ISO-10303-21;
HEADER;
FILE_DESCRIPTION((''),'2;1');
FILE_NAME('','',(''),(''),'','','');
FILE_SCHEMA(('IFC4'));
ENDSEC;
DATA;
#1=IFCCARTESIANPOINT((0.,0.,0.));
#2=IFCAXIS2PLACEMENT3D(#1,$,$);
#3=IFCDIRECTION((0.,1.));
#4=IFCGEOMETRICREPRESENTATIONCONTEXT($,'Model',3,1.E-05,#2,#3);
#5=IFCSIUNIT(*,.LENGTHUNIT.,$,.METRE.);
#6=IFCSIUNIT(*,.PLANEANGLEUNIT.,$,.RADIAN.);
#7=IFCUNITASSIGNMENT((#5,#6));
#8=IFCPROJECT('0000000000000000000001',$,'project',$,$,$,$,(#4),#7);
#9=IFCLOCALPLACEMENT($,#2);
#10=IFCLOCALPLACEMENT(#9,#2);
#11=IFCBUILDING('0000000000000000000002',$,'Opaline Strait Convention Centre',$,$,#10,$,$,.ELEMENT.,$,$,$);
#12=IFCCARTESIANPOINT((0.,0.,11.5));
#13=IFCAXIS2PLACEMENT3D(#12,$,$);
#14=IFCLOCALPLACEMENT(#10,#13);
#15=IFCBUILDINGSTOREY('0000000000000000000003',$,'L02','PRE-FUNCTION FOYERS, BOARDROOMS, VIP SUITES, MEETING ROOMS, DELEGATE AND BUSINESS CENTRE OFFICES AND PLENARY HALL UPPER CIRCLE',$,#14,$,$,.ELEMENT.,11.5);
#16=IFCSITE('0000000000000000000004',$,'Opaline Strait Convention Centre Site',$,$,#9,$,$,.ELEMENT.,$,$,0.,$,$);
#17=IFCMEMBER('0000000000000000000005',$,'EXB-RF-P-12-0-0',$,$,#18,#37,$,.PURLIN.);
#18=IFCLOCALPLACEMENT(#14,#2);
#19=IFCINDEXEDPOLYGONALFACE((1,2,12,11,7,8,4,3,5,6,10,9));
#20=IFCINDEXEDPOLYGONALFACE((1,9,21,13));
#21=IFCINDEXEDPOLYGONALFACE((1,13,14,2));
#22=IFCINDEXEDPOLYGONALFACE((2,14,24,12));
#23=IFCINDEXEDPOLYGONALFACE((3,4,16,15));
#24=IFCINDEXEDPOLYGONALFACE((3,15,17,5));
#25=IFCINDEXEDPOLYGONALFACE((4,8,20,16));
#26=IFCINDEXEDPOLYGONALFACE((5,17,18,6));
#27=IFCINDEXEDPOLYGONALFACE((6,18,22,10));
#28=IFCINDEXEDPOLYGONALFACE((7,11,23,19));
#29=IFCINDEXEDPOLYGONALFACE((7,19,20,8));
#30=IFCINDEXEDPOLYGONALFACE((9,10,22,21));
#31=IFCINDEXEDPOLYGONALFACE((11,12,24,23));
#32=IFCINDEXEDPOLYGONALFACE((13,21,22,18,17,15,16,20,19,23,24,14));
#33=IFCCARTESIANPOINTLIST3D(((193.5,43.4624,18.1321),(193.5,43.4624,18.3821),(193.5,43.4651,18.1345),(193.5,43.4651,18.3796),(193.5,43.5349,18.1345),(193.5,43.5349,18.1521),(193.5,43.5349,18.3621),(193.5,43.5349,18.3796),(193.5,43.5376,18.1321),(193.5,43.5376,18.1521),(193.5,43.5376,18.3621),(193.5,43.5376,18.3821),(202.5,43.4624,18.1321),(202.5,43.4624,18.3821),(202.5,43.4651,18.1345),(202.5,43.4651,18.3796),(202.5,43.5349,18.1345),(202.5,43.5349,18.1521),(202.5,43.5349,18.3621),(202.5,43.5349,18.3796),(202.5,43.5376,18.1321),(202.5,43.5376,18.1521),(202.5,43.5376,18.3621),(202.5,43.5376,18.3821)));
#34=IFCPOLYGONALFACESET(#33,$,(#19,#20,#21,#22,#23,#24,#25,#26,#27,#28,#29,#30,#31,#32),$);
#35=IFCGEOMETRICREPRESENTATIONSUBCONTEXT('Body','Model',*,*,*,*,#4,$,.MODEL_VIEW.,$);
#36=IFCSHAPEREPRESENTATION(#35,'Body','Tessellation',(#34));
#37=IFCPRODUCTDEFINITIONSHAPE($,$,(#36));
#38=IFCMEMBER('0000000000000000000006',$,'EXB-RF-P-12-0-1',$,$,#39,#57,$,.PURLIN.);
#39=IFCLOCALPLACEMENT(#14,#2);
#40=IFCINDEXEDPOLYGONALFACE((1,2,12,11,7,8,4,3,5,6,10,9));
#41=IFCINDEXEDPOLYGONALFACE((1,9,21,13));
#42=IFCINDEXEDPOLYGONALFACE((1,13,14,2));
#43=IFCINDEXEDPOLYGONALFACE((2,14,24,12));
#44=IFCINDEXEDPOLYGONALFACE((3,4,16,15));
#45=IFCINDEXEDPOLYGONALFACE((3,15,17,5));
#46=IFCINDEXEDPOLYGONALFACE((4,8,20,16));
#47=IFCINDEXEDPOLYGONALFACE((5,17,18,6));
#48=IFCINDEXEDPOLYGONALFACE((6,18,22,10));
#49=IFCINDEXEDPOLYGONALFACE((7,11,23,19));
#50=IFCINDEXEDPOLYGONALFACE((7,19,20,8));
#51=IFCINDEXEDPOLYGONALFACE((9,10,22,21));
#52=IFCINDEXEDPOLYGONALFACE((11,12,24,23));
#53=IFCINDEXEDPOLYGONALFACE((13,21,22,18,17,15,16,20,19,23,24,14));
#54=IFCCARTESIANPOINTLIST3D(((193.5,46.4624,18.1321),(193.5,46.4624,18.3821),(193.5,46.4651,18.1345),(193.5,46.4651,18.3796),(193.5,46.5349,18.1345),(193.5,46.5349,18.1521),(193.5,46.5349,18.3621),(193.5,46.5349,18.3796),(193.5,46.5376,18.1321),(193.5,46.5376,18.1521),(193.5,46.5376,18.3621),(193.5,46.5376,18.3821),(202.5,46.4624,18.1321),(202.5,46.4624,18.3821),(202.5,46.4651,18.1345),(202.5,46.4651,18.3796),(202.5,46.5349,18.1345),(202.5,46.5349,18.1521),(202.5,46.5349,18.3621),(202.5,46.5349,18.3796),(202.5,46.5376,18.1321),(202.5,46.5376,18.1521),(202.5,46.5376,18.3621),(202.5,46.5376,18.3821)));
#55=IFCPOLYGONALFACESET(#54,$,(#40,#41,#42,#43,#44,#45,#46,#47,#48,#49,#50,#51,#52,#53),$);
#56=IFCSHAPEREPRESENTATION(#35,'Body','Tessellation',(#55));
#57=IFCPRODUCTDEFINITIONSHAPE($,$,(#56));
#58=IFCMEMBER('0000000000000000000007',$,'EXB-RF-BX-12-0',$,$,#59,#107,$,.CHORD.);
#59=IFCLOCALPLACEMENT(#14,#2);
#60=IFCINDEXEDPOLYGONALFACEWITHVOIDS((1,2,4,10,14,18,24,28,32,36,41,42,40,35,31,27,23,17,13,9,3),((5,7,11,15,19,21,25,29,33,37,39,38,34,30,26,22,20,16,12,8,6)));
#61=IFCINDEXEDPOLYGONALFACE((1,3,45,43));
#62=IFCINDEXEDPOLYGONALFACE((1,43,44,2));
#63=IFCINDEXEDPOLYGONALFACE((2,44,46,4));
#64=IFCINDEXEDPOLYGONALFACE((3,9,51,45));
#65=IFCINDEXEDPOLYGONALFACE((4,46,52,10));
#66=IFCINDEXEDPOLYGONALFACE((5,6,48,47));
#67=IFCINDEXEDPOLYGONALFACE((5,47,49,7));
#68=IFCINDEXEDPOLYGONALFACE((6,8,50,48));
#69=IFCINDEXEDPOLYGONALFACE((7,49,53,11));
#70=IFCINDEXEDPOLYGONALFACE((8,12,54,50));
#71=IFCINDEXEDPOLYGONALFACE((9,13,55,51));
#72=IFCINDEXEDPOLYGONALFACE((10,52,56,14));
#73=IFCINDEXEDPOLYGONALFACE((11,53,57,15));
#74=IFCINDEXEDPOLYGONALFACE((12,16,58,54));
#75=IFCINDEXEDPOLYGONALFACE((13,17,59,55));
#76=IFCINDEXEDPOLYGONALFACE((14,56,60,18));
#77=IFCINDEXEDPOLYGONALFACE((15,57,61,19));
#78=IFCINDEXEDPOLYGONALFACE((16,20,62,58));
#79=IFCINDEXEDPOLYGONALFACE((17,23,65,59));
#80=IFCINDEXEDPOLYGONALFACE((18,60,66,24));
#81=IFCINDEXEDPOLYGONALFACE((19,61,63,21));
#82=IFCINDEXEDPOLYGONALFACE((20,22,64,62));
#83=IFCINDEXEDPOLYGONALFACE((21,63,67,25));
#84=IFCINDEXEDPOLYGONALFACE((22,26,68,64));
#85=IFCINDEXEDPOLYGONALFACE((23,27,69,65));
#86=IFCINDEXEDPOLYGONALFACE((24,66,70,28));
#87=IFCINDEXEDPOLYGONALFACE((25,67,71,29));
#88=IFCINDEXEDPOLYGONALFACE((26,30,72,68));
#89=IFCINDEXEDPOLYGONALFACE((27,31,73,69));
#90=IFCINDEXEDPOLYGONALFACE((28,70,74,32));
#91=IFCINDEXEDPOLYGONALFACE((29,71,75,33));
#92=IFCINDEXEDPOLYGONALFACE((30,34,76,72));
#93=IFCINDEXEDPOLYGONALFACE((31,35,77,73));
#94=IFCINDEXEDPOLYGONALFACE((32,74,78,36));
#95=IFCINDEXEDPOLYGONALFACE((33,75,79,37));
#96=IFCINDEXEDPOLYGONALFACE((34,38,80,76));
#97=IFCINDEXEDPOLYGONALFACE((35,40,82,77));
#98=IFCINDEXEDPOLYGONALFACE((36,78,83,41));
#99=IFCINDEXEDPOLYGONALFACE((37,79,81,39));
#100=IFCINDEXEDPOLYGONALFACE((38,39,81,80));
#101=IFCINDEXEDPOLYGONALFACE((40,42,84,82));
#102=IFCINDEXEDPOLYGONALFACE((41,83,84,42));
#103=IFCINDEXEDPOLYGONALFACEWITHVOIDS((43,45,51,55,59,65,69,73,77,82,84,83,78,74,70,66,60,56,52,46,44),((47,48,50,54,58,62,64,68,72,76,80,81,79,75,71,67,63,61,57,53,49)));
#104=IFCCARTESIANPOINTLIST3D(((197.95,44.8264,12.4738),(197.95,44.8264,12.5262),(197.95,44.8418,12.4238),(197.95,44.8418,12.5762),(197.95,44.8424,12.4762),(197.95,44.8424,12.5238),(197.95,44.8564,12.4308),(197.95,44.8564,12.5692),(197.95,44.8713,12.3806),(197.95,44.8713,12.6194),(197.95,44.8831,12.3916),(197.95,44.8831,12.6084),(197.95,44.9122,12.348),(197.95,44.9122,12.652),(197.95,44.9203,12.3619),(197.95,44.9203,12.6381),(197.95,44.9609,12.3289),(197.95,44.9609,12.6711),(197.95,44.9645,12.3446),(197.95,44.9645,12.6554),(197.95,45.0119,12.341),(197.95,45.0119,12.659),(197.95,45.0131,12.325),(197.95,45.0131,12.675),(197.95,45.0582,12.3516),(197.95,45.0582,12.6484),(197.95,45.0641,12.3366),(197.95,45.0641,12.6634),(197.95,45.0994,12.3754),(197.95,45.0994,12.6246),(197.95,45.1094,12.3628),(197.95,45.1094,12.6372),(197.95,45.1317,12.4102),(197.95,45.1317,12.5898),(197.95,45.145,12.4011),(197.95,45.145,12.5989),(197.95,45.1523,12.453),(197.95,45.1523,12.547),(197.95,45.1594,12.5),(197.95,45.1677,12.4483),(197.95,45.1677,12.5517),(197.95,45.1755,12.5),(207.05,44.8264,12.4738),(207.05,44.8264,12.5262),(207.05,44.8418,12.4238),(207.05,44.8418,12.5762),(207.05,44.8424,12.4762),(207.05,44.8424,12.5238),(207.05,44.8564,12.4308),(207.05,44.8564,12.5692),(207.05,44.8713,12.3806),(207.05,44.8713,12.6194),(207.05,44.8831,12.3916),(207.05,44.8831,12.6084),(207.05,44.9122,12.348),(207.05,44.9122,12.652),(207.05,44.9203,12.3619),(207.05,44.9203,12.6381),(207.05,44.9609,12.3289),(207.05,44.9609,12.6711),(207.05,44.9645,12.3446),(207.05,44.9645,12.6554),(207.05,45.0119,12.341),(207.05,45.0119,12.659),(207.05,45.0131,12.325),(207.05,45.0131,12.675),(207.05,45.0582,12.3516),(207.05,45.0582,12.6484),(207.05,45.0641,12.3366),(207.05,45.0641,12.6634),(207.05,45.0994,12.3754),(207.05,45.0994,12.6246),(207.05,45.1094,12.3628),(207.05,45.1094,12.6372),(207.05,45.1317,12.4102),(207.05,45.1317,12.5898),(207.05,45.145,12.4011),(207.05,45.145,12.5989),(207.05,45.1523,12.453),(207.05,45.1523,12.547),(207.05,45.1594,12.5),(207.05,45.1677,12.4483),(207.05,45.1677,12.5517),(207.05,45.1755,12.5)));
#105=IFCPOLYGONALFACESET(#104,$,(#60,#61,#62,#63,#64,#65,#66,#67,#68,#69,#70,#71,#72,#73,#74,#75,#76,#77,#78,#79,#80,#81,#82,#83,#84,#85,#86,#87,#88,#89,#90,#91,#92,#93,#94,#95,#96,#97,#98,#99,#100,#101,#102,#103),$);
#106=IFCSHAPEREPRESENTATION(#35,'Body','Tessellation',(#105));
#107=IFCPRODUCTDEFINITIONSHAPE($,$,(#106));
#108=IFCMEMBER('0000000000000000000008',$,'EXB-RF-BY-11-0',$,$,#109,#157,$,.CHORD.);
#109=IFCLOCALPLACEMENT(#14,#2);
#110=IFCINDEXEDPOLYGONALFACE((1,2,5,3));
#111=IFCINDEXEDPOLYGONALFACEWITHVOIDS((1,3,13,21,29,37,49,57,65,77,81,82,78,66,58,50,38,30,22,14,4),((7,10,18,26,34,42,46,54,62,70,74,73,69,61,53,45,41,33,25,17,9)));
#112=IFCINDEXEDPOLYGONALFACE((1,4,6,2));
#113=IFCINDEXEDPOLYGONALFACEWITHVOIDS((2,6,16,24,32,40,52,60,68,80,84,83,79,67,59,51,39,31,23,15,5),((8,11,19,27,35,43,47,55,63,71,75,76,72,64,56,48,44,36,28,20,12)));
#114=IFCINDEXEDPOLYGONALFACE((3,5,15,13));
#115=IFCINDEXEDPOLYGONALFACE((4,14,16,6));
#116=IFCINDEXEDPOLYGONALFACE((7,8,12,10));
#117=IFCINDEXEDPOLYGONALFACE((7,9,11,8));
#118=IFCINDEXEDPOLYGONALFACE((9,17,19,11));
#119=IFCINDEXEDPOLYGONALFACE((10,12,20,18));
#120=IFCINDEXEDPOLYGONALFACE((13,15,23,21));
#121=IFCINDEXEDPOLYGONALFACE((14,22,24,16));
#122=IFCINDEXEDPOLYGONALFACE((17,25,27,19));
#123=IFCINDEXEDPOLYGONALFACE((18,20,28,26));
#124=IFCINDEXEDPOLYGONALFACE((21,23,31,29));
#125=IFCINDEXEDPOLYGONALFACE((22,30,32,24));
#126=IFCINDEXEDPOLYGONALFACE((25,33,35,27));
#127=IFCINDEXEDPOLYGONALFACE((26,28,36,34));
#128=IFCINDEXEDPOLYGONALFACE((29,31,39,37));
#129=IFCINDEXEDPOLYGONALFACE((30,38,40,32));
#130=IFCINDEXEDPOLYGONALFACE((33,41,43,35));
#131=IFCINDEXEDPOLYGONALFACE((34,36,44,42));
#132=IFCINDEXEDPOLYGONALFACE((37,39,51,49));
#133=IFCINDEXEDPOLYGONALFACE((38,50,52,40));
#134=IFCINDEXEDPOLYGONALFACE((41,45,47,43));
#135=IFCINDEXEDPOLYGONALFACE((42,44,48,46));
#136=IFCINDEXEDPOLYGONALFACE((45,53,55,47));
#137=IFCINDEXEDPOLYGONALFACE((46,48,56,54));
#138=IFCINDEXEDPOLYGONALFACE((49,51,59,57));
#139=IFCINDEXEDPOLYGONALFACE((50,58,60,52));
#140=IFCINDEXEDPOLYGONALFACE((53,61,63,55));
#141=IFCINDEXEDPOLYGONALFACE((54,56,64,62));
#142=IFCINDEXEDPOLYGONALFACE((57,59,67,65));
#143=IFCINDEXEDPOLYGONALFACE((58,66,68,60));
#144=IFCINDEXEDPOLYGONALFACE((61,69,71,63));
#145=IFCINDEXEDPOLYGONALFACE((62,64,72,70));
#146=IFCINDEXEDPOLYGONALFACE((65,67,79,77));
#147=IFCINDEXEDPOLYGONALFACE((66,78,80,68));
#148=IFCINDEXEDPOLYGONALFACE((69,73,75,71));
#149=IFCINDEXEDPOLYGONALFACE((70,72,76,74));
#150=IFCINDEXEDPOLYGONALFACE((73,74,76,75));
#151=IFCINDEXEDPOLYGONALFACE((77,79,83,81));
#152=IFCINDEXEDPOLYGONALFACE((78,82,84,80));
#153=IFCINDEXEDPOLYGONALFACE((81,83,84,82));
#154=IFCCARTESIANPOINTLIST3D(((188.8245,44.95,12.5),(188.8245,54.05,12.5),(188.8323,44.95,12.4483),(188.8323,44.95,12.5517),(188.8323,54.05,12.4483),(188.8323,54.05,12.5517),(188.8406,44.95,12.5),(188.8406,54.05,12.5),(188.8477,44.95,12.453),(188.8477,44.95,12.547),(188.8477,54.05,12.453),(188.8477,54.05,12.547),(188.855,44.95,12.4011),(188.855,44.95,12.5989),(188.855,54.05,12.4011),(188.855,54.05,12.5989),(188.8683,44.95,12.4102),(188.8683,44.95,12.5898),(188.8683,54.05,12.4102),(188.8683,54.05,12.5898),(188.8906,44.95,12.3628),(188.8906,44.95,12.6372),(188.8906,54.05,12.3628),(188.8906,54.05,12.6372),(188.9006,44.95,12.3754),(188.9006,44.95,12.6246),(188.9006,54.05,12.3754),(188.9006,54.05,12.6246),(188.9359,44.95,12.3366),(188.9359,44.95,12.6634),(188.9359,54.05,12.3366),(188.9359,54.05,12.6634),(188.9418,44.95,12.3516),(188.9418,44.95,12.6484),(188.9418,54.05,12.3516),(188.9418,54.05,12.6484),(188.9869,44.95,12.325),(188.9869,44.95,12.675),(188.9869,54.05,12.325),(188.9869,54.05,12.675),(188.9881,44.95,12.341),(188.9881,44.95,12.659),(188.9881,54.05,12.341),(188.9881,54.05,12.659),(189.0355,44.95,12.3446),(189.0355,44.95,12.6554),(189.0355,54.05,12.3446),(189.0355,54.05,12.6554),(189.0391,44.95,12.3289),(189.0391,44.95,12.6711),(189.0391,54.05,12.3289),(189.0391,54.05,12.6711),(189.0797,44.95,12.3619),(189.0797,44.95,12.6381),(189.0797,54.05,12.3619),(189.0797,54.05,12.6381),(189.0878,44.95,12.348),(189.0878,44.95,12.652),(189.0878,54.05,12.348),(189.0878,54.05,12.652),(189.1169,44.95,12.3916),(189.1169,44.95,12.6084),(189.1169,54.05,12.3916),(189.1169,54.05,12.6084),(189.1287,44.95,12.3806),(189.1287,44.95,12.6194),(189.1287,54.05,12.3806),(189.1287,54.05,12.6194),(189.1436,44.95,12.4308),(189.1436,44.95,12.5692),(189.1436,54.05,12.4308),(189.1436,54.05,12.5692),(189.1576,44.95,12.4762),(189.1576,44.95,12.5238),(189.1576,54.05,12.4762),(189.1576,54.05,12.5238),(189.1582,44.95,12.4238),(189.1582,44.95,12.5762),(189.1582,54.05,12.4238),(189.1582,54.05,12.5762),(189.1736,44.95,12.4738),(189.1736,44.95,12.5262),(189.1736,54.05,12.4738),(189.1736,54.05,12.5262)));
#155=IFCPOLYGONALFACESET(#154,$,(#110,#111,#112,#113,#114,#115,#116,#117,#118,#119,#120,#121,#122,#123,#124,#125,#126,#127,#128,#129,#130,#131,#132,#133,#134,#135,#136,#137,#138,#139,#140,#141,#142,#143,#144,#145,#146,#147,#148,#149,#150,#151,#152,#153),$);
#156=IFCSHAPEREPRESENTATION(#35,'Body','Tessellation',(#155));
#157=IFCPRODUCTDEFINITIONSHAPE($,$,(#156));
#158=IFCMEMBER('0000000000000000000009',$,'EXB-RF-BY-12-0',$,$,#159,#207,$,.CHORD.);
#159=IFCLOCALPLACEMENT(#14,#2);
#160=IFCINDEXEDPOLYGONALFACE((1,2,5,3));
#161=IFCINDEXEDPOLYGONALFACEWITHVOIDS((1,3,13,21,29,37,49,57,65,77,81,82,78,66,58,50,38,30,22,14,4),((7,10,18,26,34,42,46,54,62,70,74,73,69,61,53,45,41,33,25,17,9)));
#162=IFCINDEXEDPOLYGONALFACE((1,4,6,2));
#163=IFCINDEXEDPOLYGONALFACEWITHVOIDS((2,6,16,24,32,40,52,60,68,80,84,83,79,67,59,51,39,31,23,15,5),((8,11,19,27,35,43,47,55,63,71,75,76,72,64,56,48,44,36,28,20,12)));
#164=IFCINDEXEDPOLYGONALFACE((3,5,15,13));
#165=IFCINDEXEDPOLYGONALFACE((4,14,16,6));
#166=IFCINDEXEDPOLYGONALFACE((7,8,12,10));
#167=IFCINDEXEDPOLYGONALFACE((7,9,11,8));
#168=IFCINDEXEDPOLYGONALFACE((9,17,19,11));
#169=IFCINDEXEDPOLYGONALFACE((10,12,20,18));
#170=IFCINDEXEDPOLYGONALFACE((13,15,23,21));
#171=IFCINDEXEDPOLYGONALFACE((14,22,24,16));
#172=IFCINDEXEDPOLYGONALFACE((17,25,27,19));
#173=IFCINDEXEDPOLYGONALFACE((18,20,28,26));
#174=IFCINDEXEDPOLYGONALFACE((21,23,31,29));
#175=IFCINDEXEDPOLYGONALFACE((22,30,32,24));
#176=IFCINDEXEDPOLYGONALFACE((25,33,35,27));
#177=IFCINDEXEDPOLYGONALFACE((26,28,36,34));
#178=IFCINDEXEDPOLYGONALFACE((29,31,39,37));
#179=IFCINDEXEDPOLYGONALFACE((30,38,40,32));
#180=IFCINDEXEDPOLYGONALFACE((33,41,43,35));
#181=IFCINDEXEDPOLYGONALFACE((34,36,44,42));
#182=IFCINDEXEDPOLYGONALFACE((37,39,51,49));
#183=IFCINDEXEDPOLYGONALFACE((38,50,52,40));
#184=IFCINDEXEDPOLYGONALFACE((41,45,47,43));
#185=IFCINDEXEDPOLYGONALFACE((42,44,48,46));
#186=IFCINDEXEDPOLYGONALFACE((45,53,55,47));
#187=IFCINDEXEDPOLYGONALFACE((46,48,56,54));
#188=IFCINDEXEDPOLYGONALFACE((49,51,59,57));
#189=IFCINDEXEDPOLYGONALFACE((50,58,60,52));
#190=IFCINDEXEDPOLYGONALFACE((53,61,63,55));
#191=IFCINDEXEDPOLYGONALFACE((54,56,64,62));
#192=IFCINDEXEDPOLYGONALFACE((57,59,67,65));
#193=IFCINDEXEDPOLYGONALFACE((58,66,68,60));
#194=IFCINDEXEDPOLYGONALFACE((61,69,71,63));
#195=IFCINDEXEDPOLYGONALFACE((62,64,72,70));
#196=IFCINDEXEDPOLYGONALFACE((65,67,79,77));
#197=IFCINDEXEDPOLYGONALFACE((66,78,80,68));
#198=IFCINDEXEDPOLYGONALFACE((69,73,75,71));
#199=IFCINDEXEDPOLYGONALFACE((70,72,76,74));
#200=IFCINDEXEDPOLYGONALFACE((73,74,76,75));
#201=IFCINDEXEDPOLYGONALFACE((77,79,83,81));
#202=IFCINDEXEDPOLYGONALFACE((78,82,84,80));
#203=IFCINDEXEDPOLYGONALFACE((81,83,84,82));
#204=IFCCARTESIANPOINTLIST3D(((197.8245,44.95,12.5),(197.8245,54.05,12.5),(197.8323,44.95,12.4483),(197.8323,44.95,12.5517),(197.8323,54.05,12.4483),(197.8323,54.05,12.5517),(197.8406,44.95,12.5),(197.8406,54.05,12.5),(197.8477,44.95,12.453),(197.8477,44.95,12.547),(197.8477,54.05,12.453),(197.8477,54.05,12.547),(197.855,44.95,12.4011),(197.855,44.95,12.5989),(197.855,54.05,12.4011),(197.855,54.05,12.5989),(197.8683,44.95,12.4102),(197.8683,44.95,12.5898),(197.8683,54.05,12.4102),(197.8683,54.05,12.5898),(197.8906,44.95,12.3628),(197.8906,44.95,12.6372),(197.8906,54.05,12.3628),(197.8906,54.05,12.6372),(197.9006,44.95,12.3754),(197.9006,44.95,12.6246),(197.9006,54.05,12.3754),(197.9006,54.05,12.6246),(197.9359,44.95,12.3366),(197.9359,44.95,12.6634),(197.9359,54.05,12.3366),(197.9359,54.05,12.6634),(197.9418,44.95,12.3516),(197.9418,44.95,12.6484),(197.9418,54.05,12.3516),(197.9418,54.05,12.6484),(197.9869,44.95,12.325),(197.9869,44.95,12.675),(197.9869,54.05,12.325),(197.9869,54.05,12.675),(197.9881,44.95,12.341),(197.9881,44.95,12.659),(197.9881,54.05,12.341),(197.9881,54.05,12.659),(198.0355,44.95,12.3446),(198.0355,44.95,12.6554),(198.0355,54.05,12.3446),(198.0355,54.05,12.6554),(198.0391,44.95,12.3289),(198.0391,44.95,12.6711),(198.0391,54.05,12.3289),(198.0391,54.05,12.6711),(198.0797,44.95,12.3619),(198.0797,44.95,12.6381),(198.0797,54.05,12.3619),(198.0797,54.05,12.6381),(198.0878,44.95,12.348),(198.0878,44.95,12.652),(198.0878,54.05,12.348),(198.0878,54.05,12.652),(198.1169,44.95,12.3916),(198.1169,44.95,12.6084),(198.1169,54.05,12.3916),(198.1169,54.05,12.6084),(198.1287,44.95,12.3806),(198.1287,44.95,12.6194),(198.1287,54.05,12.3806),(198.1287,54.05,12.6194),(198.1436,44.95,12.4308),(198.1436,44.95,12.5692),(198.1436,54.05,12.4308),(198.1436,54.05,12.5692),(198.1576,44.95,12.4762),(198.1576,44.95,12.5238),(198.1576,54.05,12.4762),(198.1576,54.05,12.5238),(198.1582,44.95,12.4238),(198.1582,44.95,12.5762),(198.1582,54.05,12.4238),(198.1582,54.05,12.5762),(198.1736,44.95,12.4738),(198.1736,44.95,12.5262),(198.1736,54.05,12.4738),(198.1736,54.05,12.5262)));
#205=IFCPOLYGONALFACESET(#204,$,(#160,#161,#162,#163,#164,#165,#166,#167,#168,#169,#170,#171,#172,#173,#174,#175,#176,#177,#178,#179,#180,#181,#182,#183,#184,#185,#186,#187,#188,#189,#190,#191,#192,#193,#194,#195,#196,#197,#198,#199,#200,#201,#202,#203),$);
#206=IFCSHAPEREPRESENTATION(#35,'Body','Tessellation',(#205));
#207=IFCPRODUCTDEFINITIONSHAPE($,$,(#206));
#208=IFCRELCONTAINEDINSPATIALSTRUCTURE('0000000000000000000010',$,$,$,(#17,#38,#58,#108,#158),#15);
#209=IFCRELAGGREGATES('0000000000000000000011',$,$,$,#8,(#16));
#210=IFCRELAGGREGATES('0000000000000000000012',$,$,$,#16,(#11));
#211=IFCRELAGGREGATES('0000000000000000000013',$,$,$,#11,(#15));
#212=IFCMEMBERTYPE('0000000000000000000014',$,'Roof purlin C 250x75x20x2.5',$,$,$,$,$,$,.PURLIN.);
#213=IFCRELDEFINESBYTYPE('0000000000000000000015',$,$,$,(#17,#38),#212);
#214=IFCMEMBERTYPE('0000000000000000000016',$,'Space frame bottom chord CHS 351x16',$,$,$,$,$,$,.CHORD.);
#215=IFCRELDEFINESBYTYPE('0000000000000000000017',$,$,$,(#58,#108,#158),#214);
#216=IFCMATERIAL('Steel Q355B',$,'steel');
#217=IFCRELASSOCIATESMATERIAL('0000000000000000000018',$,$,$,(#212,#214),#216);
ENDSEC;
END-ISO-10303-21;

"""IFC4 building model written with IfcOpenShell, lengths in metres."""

from ifc_helpers import new_model, si_unit, direction, frame, origin, origin_2d, place, context, subcontext, project, spatial, polyline, hollow_circle, outline, extrude, material, material_profile, profile_set, type_object, element, save


model = new_model("IFC4")

# Units and contexts
model_context = context("Model", 3, precision=1e-05, world=origin(), true_north=direction((0.0, 1.0)))
body_context = subcontext(model_context, "Body", "Model", "MODEL_VIEW")
ifc_project = project(units=[si_unit("LENGTHUNIT", "METRE"), si_unit("PLANEANGLEUNIT", "RADIAN")], contexts=[model_context])

# Site, building, storey
site_placement = place(None, origin())
site = spatial("IfcSite", under=ifc_project, at=site_placement, Name="Opaline Strait Convention Centre Site", CompositionType="ELEMENT", RefElevation=0.0)
building_placement = place(site_placement, origin())
building = spatial("IfcBuilding", under=site, at=building_placement, Name="Opaline Strait Convention Centre", CompositionType="ELEMENT")
storey_placement = place(building_placement, frame((0.0, 0.0, 11.5)))
storey = spatial("IfcBuildingStorey", under=building, at=storey_placement, Name="L02", Description="PRE-FUNCTION FOYERS, BOARDROOMS, VIP SUITES, MEETING ROOMS, DELEGATE AND BUSINESS CENTRE OFFICES AND PLENARY HALL UPPER CIRCLE", CompositionType="ELEMENT", Elevation=11.5)

# Members
ifc_material_1 = material(Name="Steel Q355B", Category="steel")
ifc_material_profile_1 = material_profile(ifc_material_1, outline(polyline([(-0.0376, -0.125), (0.0376, -0.125), (0.0376, -0.105), (0.0349, -0.105), (0.0349, -0.1226), (-0.0349, -0.1226), (-0.0349, 0.1226), (0.0349, 0.1226), (0.0349, 0.105), (0.0376, 0.105), (0.0376, 0.125), (-0.0376, 0.125), (-0.0376, -0.125)])), Name="C 250x75x20x2.5")
ifc_profile_set_1 = profile_set([ifc_material_profile_1], Name="Steel Q355B")
member_type_1 = type_object("IfcMemberType", Name="Roof purlin C 250x75x20x2.5", PredefinedType="PURLIN", material=ifc_profile_set_1)
for number, where, z_axis, x_axis, name in (
    (1, (193.5, 43.5, 18.2571), (1.0, 0.0, 0.0), (0.0, 1.0, 0.0), "EXB-RF-P-12-0-0"),
    (2, (193.5, 46.5, 18.2571), (1.0, 0.0, 0.0), (0.0, 1.0, 0.0), "EXB-RF-P-12-0-1"),
):
    element("IfcMember", number, at=place(storey_placement, frame(where, z_axis=z_axis, x_axis=x_axis)), inside=storey, type_object=member_type_1, Name=name, PredefinedType="PURLIN", context=body_context, shape_type="SweptSolid", body=[
        extrude(outline(polyline([(-0.0376, -0.125), (0.0376, -0.125), (0.0376, -0.105), (0.0349, -0.105), (0.0349, -0.1226), (-0.0349, -0.1226), (-0.0349, 0.1226), (0.0349, 0.1226), (0.0349, 0.105), (0.0376, 0.105), (0.0376, 0.125), (-0.0376, 0.125), (-0.0376, -0.125)])), origin(), (0.0, 0.0, 1.0), 9.0),
    ])
ifc_material_profile_2 = material_profile(ifc_material_1, hollow_circle(Radius=0.1755, WallThickness=0.0161, at=origin_2d()), Name="CHS 351x16")
ifc_profile_set_2 = profile_set([ifc_material_profile_2], Name="Steel Q355B")
member_type_2 = type_object("IfcMemberType", Name="Space frame bottom chord CHS 351x16", PredefinedType="CHORD", material=ifc_profile_set_2)
for number, where, z_axis, x_axis, name in (
    (3, (197.95, 45.0, 12.5), (1.0, 0.0, 0.0), (0.0, 1.0, 0.0), "EXB-RF-BX-12-0"),
    (4, (189.0, 44.95, 12.5), (0.0, 1.0, 0.0), (-1.0, 0.0, 0.0), "EXB-RF-BY-11-0"),
    (5, (198.0, 44.95, 12.5), (0.0, 1.0, 0.0), (-1.0, 0.0, 0.0), "EXB-RF-BY-12-0"),
):
    element("IfcMember", number, at=place(storey_placement, frame(where, z_axis=z_axis, x_axis=x_axis)), inside=storey, type_object=member_type_2, Name=name, PredefinedType="CHORD", context=body_context, shape_type="SweptSolid", body=[
        extrude(hollow_circle(Radius=0.1755, WallThickness=0.0161, at=origin_2d()), origin(), (0.0, 0.0, 1.0), 9.1001),
    ])

save(model, "model.ifc")
